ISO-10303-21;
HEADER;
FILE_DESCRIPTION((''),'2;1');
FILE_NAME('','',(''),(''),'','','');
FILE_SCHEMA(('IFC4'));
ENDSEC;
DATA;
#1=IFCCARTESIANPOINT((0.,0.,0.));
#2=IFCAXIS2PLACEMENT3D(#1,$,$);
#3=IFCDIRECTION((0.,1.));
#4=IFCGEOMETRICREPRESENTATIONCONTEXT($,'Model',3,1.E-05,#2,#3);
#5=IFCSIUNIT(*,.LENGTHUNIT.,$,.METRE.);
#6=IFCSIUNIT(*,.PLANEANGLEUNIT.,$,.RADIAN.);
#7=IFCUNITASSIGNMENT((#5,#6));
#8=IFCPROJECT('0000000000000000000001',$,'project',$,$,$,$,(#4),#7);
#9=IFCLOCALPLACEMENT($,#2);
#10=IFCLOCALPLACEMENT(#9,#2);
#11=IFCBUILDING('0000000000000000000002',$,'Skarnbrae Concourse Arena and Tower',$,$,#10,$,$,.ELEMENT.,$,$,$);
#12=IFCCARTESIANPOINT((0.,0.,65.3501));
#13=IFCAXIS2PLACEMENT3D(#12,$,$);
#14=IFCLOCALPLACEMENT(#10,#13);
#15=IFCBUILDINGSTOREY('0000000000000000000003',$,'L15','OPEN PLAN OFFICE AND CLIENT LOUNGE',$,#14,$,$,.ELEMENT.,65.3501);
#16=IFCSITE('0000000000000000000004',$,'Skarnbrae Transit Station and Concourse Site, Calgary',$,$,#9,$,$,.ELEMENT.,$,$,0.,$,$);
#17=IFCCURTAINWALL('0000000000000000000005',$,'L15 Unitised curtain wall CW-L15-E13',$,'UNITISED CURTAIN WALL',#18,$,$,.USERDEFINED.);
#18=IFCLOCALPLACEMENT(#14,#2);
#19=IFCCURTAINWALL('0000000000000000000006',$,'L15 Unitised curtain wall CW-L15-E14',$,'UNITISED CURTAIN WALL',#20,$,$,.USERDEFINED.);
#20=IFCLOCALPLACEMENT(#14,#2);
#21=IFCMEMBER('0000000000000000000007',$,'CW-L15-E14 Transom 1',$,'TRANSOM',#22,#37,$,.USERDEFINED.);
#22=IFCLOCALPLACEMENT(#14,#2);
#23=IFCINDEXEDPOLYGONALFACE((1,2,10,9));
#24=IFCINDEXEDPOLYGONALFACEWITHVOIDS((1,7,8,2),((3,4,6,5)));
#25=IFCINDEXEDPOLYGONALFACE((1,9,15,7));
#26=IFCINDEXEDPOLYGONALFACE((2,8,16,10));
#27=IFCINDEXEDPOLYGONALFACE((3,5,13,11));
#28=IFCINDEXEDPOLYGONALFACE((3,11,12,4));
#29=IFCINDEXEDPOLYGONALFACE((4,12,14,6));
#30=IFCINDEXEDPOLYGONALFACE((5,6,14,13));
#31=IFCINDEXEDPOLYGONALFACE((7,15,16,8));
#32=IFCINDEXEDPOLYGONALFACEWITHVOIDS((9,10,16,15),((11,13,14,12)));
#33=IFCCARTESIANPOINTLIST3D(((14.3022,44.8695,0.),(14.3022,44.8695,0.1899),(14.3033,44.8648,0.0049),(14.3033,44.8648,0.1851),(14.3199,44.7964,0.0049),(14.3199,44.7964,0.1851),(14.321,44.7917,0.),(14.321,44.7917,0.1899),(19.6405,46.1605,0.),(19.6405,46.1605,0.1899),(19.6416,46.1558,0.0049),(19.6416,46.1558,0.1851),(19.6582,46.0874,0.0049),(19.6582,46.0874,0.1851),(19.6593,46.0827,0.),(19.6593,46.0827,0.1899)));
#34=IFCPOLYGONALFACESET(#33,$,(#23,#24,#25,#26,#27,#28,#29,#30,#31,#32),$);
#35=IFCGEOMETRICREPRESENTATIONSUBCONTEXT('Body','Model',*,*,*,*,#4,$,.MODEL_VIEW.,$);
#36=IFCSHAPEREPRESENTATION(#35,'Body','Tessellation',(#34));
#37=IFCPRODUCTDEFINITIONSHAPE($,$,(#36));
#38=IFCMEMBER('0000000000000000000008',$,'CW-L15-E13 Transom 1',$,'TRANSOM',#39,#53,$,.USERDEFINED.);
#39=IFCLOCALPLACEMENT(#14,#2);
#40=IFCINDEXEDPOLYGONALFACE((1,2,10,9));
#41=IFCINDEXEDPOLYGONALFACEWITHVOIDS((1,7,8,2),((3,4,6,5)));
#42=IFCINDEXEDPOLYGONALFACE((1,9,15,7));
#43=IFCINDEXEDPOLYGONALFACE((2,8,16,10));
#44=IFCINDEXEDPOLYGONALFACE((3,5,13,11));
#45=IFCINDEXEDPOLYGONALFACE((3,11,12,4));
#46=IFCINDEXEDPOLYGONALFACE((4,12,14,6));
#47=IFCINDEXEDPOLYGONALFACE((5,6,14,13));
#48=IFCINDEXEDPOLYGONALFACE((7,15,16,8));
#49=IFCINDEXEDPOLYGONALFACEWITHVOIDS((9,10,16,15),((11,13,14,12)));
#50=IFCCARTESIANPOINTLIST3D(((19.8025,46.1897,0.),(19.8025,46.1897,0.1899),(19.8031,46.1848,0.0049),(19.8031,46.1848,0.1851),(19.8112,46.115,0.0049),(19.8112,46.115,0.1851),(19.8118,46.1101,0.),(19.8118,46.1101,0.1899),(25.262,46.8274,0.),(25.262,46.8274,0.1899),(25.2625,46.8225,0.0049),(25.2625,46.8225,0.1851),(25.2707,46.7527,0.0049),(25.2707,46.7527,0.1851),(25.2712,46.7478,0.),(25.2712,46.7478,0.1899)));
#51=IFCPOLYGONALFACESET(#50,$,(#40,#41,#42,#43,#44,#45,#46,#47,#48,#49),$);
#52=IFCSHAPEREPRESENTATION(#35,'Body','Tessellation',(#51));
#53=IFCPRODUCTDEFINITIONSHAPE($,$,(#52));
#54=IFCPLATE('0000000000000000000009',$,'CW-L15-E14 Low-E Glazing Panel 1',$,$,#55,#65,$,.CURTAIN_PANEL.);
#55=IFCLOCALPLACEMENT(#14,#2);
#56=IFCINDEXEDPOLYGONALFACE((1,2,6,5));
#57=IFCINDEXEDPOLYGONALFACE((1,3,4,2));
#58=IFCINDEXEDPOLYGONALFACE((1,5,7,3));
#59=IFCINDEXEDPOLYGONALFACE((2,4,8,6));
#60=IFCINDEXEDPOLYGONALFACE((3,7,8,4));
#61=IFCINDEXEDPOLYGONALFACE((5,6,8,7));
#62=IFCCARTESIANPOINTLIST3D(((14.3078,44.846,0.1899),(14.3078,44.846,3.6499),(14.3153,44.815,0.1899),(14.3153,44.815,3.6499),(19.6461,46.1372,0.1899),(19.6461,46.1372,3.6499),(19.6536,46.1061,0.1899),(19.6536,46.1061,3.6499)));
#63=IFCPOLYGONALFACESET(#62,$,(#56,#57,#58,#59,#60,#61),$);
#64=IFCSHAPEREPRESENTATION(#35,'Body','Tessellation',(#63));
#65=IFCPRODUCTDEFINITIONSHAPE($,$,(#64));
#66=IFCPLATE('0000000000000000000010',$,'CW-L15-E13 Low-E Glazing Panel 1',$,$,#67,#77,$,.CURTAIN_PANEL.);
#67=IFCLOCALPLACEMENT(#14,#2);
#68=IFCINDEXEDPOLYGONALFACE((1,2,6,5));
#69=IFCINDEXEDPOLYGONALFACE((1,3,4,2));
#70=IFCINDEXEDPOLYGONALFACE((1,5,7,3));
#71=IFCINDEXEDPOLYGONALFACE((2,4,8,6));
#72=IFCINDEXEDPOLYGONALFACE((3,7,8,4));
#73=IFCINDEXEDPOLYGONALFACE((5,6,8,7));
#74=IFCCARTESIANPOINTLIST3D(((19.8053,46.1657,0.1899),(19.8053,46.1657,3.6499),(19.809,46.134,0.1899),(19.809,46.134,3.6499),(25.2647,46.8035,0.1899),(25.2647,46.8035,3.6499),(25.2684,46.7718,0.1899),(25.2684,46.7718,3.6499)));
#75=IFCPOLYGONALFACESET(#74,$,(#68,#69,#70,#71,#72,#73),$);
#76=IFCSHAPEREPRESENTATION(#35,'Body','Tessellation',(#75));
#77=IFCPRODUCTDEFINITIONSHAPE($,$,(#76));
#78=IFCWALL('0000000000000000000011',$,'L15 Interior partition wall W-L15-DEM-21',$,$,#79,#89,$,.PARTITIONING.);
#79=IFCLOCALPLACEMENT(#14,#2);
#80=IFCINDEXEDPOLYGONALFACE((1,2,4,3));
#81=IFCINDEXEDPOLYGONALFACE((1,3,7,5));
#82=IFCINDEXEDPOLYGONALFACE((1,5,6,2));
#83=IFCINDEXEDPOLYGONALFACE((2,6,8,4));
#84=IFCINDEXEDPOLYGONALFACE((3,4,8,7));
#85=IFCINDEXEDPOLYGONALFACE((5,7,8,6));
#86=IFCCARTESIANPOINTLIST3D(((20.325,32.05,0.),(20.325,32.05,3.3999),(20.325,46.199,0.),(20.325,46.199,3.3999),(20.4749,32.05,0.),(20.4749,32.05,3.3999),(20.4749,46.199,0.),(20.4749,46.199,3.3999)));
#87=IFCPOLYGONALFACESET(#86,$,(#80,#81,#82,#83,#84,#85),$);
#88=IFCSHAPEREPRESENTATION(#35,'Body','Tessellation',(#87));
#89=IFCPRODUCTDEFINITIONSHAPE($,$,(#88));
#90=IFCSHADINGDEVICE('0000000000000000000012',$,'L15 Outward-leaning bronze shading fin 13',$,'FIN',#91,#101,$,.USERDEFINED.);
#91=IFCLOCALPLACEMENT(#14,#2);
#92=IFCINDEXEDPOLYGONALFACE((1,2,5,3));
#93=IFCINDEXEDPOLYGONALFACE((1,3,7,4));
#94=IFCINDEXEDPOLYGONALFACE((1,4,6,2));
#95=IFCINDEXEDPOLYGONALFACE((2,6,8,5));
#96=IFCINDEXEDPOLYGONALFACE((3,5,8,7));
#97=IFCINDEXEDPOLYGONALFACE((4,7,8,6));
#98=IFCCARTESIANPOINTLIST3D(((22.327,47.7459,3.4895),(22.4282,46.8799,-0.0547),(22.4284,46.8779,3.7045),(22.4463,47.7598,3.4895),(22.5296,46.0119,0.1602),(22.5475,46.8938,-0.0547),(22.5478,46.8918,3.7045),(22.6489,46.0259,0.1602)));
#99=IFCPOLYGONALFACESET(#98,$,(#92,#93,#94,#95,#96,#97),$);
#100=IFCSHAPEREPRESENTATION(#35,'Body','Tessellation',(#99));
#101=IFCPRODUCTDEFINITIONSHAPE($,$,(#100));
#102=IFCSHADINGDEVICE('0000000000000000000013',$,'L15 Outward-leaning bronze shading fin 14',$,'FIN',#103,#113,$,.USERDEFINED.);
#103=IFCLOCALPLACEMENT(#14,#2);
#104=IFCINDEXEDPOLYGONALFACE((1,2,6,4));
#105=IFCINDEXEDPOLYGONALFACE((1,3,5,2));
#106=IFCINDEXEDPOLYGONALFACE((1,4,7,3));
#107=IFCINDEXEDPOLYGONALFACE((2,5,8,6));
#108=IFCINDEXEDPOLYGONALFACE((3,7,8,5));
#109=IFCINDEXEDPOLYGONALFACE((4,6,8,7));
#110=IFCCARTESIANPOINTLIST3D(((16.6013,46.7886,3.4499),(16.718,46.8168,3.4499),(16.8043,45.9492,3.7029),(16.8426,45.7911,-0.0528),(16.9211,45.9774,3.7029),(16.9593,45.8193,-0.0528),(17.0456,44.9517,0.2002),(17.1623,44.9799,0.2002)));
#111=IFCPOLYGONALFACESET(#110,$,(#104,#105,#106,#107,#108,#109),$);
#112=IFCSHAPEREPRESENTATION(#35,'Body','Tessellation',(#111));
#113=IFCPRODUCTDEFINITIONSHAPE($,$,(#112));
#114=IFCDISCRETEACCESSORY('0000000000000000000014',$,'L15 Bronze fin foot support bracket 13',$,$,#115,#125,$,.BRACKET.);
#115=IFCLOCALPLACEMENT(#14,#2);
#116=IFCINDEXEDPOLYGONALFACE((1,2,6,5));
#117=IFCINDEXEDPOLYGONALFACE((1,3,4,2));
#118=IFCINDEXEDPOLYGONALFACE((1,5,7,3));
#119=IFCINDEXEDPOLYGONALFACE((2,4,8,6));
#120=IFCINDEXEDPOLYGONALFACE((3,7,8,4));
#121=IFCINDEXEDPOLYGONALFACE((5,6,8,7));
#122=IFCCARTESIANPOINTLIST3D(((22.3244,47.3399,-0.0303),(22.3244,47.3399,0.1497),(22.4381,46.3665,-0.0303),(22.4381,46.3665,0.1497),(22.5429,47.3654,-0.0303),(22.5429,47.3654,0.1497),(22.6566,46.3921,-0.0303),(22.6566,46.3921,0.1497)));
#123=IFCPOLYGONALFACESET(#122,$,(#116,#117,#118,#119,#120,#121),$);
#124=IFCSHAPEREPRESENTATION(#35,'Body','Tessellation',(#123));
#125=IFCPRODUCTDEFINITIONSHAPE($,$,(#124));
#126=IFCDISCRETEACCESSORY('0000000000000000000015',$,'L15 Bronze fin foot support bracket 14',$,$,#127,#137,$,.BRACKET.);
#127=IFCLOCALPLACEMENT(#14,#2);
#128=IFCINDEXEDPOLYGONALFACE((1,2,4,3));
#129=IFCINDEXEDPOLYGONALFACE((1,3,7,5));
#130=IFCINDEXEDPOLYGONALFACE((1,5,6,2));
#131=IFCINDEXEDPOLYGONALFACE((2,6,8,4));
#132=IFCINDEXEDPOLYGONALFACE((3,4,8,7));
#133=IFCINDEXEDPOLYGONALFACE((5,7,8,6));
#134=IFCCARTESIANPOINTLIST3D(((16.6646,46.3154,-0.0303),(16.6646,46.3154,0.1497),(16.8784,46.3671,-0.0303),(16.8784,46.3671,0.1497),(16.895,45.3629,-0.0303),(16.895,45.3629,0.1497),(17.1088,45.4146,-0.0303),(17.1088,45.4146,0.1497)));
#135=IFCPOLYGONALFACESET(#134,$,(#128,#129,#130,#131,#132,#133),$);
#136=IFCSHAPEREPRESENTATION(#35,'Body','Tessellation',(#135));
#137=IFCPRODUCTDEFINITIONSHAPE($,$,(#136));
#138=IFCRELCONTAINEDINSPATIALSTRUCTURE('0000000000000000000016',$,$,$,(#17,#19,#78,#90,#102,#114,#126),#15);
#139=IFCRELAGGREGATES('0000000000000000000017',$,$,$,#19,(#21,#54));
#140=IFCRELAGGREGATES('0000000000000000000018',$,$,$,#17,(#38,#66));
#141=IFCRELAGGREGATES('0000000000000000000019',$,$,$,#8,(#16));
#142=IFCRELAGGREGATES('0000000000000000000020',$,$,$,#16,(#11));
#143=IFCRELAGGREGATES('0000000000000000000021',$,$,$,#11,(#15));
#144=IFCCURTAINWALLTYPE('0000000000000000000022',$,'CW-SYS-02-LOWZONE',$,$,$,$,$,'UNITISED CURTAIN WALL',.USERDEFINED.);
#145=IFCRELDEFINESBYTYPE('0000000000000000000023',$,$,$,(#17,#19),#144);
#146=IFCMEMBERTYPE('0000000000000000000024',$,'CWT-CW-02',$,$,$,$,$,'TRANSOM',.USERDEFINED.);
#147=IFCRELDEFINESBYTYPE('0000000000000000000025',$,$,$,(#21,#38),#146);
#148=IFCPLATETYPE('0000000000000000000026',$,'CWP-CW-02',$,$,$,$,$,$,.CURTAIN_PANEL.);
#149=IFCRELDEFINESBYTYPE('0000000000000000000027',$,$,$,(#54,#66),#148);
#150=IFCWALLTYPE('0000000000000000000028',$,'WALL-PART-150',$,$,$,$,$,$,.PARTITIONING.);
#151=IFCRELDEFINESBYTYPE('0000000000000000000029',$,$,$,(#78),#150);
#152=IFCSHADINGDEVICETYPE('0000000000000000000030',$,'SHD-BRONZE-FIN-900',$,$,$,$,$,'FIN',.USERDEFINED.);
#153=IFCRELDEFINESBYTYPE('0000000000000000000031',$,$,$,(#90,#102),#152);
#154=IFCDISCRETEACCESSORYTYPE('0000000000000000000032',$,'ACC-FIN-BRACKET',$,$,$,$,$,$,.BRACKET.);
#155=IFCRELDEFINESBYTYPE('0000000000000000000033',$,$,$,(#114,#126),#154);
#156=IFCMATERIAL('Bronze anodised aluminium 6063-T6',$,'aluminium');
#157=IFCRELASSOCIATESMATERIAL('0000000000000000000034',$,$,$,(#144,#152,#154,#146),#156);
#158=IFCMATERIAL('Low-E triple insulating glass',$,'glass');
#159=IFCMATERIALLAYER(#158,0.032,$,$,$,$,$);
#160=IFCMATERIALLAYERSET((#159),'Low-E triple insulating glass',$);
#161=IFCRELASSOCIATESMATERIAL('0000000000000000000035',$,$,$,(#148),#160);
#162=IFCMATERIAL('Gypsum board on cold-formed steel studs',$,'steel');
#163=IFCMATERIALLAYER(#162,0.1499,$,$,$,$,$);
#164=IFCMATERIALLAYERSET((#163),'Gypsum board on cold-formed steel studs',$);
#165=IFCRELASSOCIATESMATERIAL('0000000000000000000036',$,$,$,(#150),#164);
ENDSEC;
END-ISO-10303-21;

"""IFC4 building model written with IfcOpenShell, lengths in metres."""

from ifc_helpers import new_model, si_unit, direction, frame, frame_2d, origin, origin_2d, place, context, subcontext, project, spatial, rectangle, hollow_rectangle, extrude, source, transform, mapped, material, layer, layer_set, material_profile, profile_set, type_object, element, aggregate, save


model = new_model("IFC4")

# Units and contexts
model_context = context("Model", 3, precision=1e-05, world=origin(), true_north=direction((0.0, 1.0)))
body_context = subcontext(model_context, "Body", "Model", "MODEL_VIEW")
ifc_project = project(units=[si_unit("LENGTHUNIT", "METRE"), si_unit("PLANEANGLEUNIT", "RADIAN")], contexts=[model_context])

# Site, building, storey
site_placement = place(None, origin())
site = spatial("IfcSite", under=ifc_project, at=site_placement, Name="Skarnbrae Transit Station and Concourse Site, Calgary", CompositionType="ELEMENT", RefElevation=0.0)
building_placement = place(site_placement, origin())
building = spatial("IfcBuilding", under=site, at=building_placement, Name="Skarnbrae Concourse Arena and Tower", CompositionType="ELEMENT")
storey_placement = place(building_placement, frame((0.0, 0.0, 65.3501)))
storey = spatial("IfcBuildingStorey", under=building, at=storey_placement, Name="L15", Description="OPEN PLAN OFFICE AND CLIENT LOUNGE", CompositionType="ELEMENT", Elevation=65.3501)

# Shared definitions
ifc_material_1 = material(Name="Bronze anodised aluminium 6063-T6", Category="aluminium")
curtain_wall_type = type_object("IfcCurtainWallType", Name="CW-SYS-02-LOWZONE", ElementType="UNITISED CURTAIN WALL", PredefinedType="USERDEFINED", material=ifc_material_1)

# Curtain walls, member
curtain_wall_1_placement = place(storey_placement, origin())
curtain_wall_1 = element("IfcCurtainWall", 1, at=curtain_wall_1_placement, inside=storey, type_object=curtain_wall_type, Name="L15 Unitised curtain wall CW-L15-E13", ObjectType="UNITISED CURTAIN WALL", PredefinedType="USERDEFINED")
curtain_wall_2_placement = place(storey_placement, origin())
curtain_wall_2 = element("IfcCurtainWall", 2, at=curtain_wall_2_placement, inside=storey, type_object=curtain_wall_type, Name="L15 Unitised curtain wall CW-L15-E14", ObjectType="UNITISED CURTAIN WALL", PredefinedType="USERDEFINED")
ifc_material_profile_1 = material_profile(ifc_material_1, hollow_rectangle(XDim=0.0801, YDim=0.1899, WallThickness=0.0049, at=origin_2d()), Name="ALU-TRAN-80X190")
ifc_profile_set_1 = profile_set([ifc_material_profile_1], Name="Bronze anodised aluminium 6063-T6")
member_type_1 = type_object("IfcMemberType", Name="CWT-CW-02", ElementType="TRANSOM", PredefinedType="USERDEFINED", material=ifc_profile_set_1)
shared_shape_1 = source(origin(), body_context, "Body", "SweptSolid", [
    extrude(hollow_rectangle(XDim=0.0801, YDim=0.1899, WallThickness=0.0049, at=origin_2d()), origin(), (0.0, 0.0, 1.0), 5.4922),
])
member_1_placement = place(storey_placement, frame((19.6499, 46.1216, 0.095), z_axis=(-0.971981, -0.235061, 0.0), x_axis=(0.235061, -0.971981, 0.0)))
member_1 = element("IfcMember", 3, at=member_1_placement, type_object=member_type_1, Name="CW-L15-E14 Transom 1", ObjectType="TRANSOM", PredefinedType="USERDEFINED", context=body_context, shape_type="MappedRepresentation", body=[
    mapped(shared_shape_1, transform((0.0, 0.0, 0.0))),
])

# Member
shared_shape_2 = source(origin(), body_context, "Body", "SweptSolid", [
    extrude(hollow_rectangle(XDim=0.0801, YDim=0.1899, WallThickness=0.0049, at=origin_2d()), origin(), (0.0, 0.0, 1.0), 5.4966),
])
member_2_placement = place(storey_placement, frame((25.2666, 46.7876, 0.095), z_axis=(-0.993247, -0.116017, 0.0), x_axis=(0.116017, -0.993247, 0.0)))
member_2 = element("IfcMember", 4, at=member_2_placement, type_object=member_type_1, Name="CW-L15-E13 Transom 1", ObjectType="TRANSOM", PredefinedType="USERDEFINED", context=body_context, shape_type="MappedRepresentation", body=[
    mapped(shared_shape_2, transform((0.0, 0.0, 0.0))),
])

# Plates
ifc_material_2 = material(Name="Low-E triple insulating glass", Category="glass")
ifc_layer_1 = layer(ifc_material_2, 0.032)
ifc_layer_set_1 = layer_set([ifc_layer_1], Name="Low-E triple insulating glass")
plate_type = type_object("IfcPlateType", Name="CWP-CW-02", PredefinedType="CURTAIN_PANEL", material=ifc_layer_set_1)
shared_shape_3 = source(origin(), body_context, "Body", "SweptSolid", [
    extrude(rectangle(XDim=5.4922, YDim=0.032, at=origin_2d()), origin(), (0.0, 0.0, 1.0), 3.46),
])
plate_1_placement = place(storey_placement, frame((16.9807, 45.4761, 0.1899), z_axis=(0.0, 0.0, 1.0), x_axis=(-0.971974, -0.23509, 0.0)))
plate_1 = element("IfcPlate", 5, at=plate_1_placement, type_object=plate_type, Name="CW-L15-E14 Low-E Glazing Panel 1", PredefinedType="CURTAIN_PANEL", context=body_context, shape_type="MappedRepresentation", body=[
    mapped(shared_shape_3, transform((0.0, 0.0, 0.0))),
])
aggregate(curtain_wall_2, [member_1, plate_1])
shared_shape_4 = source(origin(), body_context, "Body", "SweptSolid", [
    extrude(rectangle(XDim=5.4966, YDim=0.032, at=origin_2d()), origin(), (0.0, 0.0, 1.0), 3.46),
])
plate_2_placement = place(storey_placement, frame((22.5369, 46.4688, 0.1899), z_axis=(0.0, 0.0, 1.0), x_axis=(-0.993245, -0.11604, 0.0)))
plate_2 = element("IfcPlate", 6, at=plate_2_placement, type_object=plate_type, Name="CW-L15-E13 Low-E Glazing Panel 1", PredefinedType="CURTAIN_PANEL", context=body_context, shape_type="MappedRepresentation", body=[
    mapped(shared_shape_4, transform((0.0, 0.0, 0.0))),
])
aggregate(curtain_wall_1, [member_2, plate_2])

# Wall
ifc_material_3 = material(Name="Gypsum board on cold-formed steel studs", Category="steel")
ifc_layer_2 = layer(ifc_material_3, 0.1499)
ifc_layer_set_2 = layer_set([ifc_layer_2], Name="Gypsum board on cold-formed steel studs")
wall_type = type_object("IfcWallType", Name="WALL-PART-150", PredefinedType="PARTITIONING", material=ifc_layer_set_2)
shared_shape_5 = source(origin(), body_context, "Body", "SweptSolid", [
    extrude(rectangle(XDim=14.1489, YDim=0.1499, at=frame_2d((7.0745, 0.0))), origin(), (0.0, 0.0, 1.0), 3.3999),
])
wall_placement = place(storey_placement, frame((20.3999, 46.199, 0.0), z_axis=(0.0, 0.0, 1.0), x_axis=(0.0, -1.0, 0.0)))
element("IfcWall", 7, at=wall_placement, inside=storey, type_object=wall_type, Name="L15 Interior partition wall W-L15-DEM-21", PredefinedType="PARTITIONING", context=body_context, shape_type="MappedRepresentation", body=[
    mapped(shared_shape_5, transform((0.0, 0.0, 0.0))),
])

# Shading devices
shading_device_type = type_object("IfcShadingDeviceType", Name="SHD-BRONZE-FIN-900", ElementType="FIN", PredefinedType="USERDEFINED", material=ifc_material_1)
shared_shape_6 = source(origin(), body_context, "Body", "SweptSolid", [
    extrude(rectangle(XDim=0.1201, YDim=0.8999, at=origin_2d()), origin(), (0.0, 0.0, 1.0), 3.6499),
])
for number, where, z_axis, x_axis, name in (
    (8, (22.5386, 46.4529, 0.0527), (-0.02772, 0.237259, 0.971051), (0.993244, 0.116047, 0.0), "L15 Outward-leaning bronze shading fin 13"),
    (9, (17.0024, 45.3855, 0.0737), (-0.0661, 0.273289, 0.959658), (0.971973, 0.235091, 0.0), "L15 Outward-leaning bronze shading fin 14"),
):
    element("IfcShadingDevice", number, at=place(storey_placement, frame(where, z_axis=z_axis, x_axis=x_axis)), inside=storey, type_object=shading_device_type, Name=name, ObjectType="FIN", PredefinedType="USERDEFINED", context=body_context, shape_type="MappedRepresentation", body=[
        mapped(shared_shape_6, transform((0.0, 0.0, 0.0))),
    ])

# Discrete accessories
discrete_accessory_type = type_object("IfcDiscreteAccessoryType", Name="ACC-FIN-BRACKET", PredefinedType="BRACKET", material=ifc_material_1)
shared_shape_7 = source(origin(), body_context, "Body", "SweptSolid", [
    extrude(rectangle(XDim=0.22, YDim=0.98, at=origin_2d()), origin(), (0.0, 0.0, 1.0), 0.1799),
])
for number, where, z_axis, x_axis, name in (
    (10, (22.4905, 46.866, -0.0303), (0.0, 0.0, 1.0), (0.993244, 0.116047, 0.0), "L15 Bronze fin foot support bracket 13"),
    (11, (16.8867, 45.865, -0.0303), (0.0, 0.0, 1.0), (0.971973, 0.235091, 0.0), "L15 Bronze fin foot support bracket 14"),
):
    element("IfcDiscreteAccessory", number, at=place(storey_placement, frame(where, z_axis=z_axis, x_axis=x_axis)), inside=storey, type_object=discrete_accessory_type, Name=name, PredefinedType="BRACKET", context=body_context, shape_type="MappedRepresentation", body=[
        mapped(shared_shape_7, transform((0.0, 0.0, 0.0))),
    ])

save(model, "model.ifc")
